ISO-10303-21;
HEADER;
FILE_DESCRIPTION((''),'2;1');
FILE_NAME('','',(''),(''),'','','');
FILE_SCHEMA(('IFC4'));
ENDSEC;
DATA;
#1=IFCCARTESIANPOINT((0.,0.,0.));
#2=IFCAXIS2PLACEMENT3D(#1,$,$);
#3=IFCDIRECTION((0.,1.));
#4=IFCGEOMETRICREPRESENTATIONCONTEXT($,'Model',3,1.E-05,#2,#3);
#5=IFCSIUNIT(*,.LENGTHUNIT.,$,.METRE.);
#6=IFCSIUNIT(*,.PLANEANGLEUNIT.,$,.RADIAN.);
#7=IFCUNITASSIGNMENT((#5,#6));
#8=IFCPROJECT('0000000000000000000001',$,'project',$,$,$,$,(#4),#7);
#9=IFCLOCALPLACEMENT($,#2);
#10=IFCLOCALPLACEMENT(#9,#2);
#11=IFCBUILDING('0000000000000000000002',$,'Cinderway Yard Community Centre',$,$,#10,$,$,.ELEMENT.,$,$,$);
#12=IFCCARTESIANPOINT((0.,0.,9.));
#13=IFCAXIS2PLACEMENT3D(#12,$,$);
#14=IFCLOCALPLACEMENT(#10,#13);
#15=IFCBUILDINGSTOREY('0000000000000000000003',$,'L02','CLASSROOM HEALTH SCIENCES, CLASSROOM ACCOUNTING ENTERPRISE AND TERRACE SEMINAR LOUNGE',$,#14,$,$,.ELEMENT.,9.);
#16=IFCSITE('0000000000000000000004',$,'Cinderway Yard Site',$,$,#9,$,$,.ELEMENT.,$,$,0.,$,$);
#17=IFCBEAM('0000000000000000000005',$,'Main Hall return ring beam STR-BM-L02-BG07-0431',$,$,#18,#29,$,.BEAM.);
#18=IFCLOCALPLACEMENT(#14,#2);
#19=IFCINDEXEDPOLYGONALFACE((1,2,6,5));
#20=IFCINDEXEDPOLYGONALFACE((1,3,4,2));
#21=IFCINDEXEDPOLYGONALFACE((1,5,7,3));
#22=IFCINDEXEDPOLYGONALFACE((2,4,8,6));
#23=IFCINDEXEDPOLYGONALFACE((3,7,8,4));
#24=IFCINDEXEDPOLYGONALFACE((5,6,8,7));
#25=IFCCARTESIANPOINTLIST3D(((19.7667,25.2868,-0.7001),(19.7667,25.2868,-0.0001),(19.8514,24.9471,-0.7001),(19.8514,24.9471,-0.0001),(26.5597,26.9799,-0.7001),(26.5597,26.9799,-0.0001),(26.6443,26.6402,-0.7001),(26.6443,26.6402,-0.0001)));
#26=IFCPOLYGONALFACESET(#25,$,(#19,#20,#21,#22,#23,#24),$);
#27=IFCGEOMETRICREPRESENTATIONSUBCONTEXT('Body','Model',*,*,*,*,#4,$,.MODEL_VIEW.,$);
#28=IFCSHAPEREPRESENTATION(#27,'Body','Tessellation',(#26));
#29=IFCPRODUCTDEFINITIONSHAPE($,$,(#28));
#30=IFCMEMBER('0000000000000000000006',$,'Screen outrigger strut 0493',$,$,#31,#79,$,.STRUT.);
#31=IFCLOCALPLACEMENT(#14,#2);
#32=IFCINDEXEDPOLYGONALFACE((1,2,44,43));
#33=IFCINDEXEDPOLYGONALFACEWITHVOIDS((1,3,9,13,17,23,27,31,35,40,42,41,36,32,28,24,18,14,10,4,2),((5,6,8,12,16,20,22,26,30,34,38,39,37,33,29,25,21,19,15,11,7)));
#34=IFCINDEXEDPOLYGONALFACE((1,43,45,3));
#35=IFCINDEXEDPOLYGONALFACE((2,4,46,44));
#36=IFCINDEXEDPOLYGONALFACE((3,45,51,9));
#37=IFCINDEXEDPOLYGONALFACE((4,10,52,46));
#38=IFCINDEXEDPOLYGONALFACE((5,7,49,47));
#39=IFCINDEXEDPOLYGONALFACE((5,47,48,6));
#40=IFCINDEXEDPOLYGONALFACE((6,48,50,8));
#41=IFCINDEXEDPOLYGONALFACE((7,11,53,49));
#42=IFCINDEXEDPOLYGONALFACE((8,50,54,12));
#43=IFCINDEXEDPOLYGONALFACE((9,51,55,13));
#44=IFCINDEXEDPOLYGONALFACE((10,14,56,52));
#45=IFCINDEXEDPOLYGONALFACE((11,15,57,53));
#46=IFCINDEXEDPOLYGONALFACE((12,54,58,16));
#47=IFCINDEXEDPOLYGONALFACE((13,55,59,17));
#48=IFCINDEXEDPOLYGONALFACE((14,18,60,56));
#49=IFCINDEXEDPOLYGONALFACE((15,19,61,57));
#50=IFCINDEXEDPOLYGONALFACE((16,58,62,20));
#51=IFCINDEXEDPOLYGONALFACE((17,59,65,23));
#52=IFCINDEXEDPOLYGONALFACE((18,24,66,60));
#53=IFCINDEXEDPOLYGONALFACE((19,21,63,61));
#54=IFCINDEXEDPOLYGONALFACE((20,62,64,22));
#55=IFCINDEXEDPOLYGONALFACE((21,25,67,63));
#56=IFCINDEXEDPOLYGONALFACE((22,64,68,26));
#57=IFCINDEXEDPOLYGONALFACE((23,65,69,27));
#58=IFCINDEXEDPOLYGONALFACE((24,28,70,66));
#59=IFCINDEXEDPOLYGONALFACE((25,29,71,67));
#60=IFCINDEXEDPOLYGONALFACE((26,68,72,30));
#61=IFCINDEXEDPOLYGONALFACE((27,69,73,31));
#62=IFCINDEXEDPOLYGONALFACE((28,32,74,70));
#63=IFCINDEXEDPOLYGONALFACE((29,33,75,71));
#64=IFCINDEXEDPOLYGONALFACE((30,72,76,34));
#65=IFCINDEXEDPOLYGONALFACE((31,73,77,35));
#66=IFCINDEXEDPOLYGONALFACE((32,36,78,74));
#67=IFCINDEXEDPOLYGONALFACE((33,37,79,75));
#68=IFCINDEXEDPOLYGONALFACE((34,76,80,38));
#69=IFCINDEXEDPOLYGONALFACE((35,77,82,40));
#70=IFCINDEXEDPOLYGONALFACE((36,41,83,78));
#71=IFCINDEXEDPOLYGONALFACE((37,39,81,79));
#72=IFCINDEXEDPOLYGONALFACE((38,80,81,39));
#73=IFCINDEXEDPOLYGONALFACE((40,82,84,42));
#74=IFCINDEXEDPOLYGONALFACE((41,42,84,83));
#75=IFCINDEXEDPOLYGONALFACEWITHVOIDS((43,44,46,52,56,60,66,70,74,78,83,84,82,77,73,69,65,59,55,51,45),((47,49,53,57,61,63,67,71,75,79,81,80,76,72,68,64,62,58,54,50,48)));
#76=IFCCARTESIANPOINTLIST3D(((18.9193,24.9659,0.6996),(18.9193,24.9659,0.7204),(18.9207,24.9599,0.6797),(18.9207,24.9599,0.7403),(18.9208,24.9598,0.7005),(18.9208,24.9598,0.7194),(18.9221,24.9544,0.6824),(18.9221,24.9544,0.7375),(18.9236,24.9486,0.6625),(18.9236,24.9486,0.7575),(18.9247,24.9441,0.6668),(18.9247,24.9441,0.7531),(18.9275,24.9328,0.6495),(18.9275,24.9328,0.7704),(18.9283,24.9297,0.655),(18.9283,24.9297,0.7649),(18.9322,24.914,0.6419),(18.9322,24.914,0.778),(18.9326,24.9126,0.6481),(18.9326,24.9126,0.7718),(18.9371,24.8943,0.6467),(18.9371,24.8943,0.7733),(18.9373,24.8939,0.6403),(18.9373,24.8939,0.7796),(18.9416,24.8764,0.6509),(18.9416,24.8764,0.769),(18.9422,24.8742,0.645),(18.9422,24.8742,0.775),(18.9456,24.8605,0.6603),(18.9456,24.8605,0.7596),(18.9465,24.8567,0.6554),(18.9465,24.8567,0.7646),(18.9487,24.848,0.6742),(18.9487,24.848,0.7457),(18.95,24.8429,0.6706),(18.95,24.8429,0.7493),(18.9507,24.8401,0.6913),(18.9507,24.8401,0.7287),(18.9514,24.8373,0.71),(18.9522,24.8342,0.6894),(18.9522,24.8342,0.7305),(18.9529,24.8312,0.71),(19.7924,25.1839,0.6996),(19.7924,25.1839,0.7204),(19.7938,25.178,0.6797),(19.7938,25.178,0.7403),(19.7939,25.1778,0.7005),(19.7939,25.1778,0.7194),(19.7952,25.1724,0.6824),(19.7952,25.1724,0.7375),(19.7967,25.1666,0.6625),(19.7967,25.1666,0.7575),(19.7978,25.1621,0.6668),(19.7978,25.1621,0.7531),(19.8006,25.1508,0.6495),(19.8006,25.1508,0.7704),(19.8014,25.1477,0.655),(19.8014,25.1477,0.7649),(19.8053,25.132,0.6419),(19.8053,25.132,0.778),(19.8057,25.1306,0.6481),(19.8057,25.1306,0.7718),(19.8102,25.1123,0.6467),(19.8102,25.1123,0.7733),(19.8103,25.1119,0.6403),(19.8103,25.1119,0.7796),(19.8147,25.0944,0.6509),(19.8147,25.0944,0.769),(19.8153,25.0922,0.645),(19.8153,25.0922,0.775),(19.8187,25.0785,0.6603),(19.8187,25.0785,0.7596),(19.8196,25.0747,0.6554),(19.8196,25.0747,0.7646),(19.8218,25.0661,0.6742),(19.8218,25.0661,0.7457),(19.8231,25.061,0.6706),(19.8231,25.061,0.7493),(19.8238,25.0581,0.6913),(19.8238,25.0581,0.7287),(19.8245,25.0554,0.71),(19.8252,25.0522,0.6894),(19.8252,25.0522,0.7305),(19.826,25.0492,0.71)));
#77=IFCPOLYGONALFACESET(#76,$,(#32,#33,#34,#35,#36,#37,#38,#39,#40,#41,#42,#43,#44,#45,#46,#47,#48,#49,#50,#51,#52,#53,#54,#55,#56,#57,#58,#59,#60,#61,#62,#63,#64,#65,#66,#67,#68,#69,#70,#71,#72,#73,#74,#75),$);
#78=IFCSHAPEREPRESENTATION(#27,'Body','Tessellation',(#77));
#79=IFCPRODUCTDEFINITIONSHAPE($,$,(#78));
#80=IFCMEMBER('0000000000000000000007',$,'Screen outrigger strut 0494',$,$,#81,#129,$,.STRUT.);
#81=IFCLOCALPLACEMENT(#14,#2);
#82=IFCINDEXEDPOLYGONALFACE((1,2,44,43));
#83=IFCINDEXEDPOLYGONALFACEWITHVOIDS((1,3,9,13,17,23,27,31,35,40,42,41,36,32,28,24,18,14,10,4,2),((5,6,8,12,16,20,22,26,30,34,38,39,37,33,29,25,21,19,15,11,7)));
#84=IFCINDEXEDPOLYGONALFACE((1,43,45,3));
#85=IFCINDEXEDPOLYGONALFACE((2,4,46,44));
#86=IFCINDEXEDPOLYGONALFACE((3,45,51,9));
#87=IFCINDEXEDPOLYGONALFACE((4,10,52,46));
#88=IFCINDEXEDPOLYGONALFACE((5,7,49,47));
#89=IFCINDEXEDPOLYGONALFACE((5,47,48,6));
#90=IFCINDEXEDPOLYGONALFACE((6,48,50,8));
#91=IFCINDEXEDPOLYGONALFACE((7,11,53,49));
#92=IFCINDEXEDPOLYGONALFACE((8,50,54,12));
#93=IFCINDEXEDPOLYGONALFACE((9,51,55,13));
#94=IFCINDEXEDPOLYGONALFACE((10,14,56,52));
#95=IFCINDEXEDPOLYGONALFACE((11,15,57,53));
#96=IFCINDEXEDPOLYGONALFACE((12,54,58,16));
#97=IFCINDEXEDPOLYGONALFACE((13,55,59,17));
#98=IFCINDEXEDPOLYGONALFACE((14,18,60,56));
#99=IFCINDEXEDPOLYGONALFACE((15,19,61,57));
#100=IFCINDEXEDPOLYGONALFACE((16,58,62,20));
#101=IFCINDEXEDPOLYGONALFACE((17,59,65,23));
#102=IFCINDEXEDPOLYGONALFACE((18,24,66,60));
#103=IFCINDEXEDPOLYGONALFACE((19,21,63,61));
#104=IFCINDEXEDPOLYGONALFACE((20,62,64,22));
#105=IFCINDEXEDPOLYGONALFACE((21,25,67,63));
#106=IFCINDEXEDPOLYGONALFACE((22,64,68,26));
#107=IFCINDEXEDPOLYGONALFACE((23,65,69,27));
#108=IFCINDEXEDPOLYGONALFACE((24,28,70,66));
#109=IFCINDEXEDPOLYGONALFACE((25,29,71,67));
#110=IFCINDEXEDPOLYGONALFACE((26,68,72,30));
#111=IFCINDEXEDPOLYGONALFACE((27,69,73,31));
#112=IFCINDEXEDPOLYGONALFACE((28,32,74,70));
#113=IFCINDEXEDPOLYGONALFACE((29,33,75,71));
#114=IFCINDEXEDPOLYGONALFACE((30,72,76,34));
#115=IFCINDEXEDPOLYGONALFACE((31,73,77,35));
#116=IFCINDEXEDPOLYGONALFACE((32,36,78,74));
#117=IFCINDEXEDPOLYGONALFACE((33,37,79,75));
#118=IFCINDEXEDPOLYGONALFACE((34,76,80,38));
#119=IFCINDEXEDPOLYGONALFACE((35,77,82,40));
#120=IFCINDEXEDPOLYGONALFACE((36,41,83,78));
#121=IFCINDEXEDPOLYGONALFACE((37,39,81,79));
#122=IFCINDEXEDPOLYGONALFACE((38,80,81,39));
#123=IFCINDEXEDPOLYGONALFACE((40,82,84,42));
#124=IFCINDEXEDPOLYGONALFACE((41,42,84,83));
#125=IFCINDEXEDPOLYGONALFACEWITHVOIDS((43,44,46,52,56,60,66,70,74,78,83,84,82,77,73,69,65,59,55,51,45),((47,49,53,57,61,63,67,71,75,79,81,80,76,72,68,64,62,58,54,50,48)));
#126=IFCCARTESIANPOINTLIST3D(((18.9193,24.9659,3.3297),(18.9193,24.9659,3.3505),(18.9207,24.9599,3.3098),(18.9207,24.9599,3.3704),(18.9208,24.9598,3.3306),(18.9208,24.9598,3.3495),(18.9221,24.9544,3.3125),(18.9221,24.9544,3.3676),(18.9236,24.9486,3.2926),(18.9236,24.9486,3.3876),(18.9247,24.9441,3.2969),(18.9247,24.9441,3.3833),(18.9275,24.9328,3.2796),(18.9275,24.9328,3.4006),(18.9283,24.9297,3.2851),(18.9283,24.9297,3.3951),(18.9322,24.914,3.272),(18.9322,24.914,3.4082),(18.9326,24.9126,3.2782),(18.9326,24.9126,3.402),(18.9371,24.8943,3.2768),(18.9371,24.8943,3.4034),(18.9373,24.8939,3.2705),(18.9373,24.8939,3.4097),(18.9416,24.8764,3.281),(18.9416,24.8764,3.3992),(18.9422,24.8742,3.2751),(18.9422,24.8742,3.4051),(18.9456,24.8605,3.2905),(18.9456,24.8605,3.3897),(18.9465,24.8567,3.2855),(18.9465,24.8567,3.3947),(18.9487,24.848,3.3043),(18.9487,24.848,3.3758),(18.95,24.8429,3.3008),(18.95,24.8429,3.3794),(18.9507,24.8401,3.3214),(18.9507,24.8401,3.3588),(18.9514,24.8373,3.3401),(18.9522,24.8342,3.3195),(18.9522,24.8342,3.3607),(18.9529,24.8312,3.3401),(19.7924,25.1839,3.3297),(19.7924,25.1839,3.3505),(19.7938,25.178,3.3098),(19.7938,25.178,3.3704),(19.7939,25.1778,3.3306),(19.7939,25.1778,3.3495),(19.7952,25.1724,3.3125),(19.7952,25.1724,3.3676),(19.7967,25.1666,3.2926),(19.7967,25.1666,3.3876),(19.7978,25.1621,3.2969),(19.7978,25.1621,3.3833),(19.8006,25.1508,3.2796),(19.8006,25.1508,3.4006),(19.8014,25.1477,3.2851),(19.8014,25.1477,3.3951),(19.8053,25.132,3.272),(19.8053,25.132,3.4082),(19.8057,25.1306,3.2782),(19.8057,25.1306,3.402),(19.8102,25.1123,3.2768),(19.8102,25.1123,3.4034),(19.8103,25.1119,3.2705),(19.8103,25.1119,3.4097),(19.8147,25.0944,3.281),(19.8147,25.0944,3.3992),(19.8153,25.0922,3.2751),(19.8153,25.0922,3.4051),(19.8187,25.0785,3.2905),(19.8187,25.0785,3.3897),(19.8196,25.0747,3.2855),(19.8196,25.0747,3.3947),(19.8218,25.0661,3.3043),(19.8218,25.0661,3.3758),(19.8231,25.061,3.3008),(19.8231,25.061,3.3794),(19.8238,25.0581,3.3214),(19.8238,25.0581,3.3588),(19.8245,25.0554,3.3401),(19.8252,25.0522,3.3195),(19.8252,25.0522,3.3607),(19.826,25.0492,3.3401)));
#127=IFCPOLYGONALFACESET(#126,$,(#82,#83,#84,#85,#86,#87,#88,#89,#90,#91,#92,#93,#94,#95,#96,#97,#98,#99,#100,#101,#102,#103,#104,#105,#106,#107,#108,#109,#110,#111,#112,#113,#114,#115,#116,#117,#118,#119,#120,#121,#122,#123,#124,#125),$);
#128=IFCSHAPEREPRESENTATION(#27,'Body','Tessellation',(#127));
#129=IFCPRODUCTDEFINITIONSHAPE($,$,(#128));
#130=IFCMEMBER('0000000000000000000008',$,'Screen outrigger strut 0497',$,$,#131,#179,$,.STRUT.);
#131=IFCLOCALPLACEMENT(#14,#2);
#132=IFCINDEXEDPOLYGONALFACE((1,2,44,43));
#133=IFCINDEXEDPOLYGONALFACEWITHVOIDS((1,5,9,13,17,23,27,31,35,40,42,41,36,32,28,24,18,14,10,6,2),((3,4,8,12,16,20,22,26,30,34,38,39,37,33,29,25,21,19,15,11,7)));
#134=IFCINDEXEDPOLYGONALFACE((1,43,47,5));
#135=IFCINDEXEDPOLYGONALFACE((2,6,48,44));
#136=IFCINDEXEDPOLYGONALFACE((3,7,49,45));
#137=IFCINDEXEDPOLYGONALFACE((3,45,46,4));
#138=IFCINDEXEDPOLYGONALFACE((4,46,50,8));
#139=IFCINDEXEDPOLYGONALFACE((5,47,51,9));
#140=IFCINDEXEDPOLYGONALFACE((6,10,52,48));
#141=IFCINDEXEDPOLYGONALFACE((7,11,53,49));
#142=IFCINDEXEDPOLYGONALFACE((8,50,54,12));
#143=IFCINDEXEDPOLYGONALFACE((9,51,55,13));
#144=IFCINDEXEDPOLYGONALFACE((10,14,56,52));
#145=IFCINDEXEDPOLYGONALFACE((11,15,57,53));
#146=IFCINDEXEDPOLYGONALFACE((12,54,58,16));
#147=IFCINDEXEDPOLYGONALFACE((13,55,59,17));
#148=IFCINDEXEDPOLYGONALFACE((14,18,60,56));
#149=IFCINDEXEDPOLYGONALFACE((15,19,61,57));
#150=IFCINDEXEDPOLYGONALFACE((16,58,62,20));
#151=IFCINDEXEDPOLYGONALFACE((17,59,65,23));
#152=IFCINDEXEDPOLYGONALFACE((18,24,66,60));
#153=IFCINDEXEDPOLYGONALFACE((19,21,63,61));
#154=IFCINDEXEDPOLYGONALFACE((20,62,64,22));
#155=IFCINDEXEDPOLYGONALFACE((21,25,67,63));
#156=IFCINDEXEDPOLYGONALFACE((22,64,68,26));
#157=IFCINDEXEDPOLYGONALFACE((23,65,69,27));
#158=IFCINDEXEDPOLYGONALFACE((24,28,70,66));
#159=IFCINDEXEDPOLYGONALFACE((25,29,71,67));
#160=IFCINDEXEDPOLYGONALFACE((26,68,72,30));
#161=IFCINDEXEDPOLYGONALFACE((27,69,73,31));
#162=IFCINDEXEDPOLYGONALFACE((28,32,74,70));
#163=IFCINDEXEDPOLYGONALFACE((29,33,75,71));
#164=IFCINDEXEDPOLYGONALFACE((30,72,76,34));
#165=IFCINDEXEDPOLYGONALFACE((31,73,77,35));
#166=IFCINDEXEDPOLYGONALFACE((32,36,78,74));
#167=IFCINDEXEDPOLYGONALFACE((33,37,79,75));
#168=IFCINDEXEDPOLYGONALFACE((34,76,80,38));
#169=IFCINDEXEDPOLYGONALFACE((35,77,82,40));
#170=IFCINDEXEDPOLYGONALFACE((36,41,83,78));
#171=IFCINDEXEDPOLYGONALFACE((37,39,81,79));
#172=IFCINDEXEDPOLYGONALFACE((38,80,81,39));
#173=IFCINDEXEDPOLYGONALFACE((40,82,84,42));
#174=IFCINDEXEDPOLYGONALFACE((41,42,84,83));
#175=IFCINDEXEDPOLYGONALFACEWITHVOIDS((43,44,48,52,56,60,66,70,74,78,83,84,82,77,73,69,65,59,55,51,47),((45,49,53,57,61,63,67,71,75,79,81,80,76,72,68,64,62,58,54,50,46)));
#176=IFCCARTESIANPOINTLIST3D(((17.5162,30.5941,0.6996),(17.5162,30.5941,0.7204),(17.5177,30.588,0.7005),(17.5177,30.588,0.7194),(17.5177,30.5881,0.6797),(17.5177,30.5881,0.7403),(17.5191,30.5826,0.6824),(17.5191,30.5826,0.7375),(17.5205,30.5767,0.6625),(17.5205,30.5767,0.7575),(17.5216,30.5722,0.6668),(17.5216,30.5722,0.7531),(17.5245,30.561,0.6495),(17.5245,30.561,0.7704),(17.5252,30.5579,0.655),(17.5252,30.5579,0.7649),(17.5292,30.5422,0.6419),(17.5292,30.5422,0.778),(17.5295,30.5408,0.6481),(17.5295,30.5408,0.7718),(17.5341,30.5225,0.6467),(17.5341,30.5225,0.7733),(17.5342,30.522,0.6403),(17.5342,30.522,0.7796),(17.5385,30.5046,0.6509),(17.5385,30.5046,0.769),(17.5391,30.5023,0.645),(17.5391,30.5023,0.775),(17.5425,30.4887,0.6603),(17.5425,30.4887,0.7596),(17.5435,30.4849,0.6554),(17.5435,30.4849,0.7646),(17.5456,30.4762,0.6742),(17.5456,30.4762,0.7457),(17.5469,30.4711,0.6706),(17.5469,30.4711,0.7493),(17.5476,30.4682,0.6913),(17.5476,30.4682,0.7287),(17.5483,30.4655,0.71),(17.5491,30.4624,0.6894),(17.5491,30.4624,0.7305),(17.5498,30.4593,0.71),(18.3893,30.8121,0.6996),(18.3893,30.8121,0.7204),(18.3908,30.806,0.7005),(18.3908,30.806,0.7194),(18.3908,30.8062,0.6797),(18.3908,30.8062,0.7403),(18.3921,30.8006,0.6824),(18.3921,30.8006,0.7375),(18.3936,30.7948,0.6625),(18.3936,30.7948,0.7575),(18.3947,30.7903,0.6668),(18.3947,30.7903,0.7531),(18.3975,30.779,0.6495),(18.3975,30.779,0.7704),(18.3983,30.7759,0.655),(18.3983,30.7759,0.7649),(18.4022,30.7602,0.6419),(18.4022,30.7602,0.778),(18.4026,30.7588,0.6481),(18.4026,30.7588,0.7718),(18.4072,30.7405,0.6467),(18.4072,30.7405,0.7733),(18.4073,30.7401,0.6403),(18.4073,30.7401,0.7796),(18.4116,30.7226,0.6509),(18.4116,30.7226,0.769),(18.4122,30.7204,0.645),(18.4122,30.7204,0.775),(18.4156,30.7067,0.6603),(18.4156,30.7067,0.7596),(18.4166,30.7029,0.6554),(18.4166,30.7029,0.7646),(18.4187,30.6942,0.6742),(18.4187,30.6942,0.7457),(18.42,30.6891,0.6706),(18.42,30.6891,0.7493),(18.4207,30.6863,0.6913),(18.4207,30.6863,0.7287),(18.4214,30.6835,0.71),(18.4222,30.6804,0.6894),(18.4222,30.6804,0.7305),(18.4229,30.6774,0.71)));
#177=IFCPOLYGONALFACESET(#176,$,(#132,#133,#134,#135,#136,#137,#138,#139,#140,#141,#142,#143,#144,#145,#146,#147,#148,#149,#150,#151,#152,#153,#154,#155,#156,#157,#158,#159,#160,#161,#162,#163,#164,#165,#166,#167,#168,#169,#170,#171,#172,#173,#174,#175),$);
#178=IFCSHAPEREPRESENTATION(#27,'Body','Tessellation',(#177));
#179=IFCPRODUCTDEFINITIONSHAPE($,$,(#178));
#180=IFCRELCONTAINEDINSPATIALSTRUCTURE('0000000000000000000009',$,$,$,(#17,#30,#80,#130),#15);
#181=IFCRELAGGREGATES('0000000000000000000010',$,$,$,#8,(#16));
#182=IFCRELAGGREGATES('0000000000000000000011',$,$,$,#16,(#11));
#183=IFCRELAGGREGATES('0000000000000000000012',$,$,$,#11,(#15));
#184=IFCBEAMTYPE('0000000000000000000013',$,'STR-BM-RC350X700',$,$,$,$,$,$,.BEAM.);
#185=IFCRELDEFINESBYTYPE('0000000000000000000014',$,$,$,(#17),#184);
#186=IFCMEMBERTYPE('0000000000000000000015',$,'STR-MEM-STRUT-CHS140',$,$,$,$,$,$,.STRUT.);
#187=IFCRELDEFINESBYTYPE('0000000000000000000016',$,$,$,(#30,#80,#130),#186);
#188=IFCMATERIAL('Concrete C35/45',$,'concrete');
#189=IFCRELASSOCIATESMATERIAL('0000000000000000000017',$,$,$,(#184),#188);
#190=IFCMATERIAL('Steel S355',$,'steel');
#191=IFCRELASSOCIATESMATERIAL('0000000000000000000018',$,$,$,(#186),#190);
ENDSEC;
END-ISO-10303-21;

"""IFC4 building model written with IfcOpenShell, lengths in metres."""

from ifc_helpers import new_model, si_unit, direction, frame, origin, origin_2d, place, context, subcontext, project, spatial, rectangle, hollow_circle, extrude, material, material_profile, profile_set, type_object, element, save


model = new_model("IFC4")

# Units and contexts
model_context = context("Model", 3, precision=1e-05, world=origin(), true_north=direction((0.0, 1.0)))
body_context = subcontext(model_context, "Body", "Model", "MODEL_VIEW")
ifc_project = project(units=[si_unit("LENGTHUNIT", "METRE"), si_unit("PLANEANGLEUNIT", "RADIAN")], contexts=[model_context])

# Site, building, storey
site_placement = place(None, origin())
site = spatial("IfcSite", under=ifc_project, at=site_placement, Name="Cinderway Yard Site", CompositionType="ELEMENT", RefElevation=0.0)
building_placement = place(site_placement, origin())
building = spatial("IfcBuilding", under=site, at=building_placement, Name="Cinderway Yard Community Centre", CompositionType="ELEMENT")
storey_placement = place(building_placement, frame((0.0, 0.0, 9.0)))
storey = spatial("IfcBuildingStorey", under=building, at=storey_placement, Name="L02", Description="CLASSROOM HEALTH SCIENCES, CLASSROOM ACCOUNTING ENTERPRISE AND TERRACE SEMINAR LOUNGE", CompositionType="ELEMENT", Elevation=9.0)

# Shared definitions
ifc_material_1 = material(Name="Steel S355", Category="steel")

# Beam
ifc_material_2 = material(Name="Concrete C35/45", Category="concrete")
ifc_material_profile_1 = material_profile(ifc_material_2, rectangle(XDim=0.3501, YDim=0.7, at=origin_2d()), Name="Concrete C35/45")
ifc_profile_set_1 = profile_set([ifc_material_profile_1], Name="Concrete C35/45")
beam_type_1 = type_object("IfcBeamType", Name="STR-BM-RC350X700", PredefinedType="BEAM", material=ifc_profile_set_1)
beam_1_placement = place(storey_placement, frame((19.8091, 25.1169, -0.3501), z_axis=(0.970315, 0.241846, 0.0), x_axis=(-0.241846, 0.970315, 0.0)))
element("IfcBeam", 1, at=beam_1_placement, inside=storey, type_object=beam_type_1, Name="Main Hall return ring beam STR-BM-L02-BG07-0431", PredefinedType="BEAM", context=body_context, shape_type="SweptSolid", body=[
    extrude(rectangle(XDim=0.3501, YDim=0.7, at=origin_2d()), origin(), (0.0, 0.0, 1.0), 7.0007),
])

# Members
ifc_material_profile_2 = material_profile(ifc_material_1, hollow_circle(Radius=0.0698, WallThickness=0.0063, at=origin_2d()), Name="Steel S355")
ifc_profile_set_2 = profile_set([ifc_material_profile_2], Name="Steel S355")
member_type_1 = type_object("IfcMemberType", Name="STR-MEM-STRUT-CHS140", PredefinedType="STRUT", material=ifc_profile_set_2)
for number, where, z_axis, x_axis, name in (
    (2, (19.8091, 25.1169, 0.71), (-0.970206, -0.24228, 0.0), (0.24228, -0.970206, 0.0), "Screen outrigger strut 0493"),
    (3, (19.8091, 25.1169, 3.3401), (-0.970206, -0.24228, 0.0), (0.24228, -0.970206, 0.0), "Screen outrigger strut 0494"),
    (4, (18.406, 30.7451, 0.71), (-0.970206, -0.24228, 0.0), (0.24228, -0.970206, 0.0), "Screen outrigger strut 0497"),
):
    element("IfcMember", number, at=place(storey_placement, frame(where, z_axis=z_axis, x_axis=x_axis)), inside=storey, type_object=member_type_1, Name=name, PredefinedType="STRUT", context=body_context, shape_type="SweptSolid", body=[
        extrude(hollow_circle(Radius=0.0698, WallThickness=0.0063, at=origin_2d()), origin(), (0.0, 0.0, 1.0), 0.8999),
    ])

save(model, "model.ifc")
